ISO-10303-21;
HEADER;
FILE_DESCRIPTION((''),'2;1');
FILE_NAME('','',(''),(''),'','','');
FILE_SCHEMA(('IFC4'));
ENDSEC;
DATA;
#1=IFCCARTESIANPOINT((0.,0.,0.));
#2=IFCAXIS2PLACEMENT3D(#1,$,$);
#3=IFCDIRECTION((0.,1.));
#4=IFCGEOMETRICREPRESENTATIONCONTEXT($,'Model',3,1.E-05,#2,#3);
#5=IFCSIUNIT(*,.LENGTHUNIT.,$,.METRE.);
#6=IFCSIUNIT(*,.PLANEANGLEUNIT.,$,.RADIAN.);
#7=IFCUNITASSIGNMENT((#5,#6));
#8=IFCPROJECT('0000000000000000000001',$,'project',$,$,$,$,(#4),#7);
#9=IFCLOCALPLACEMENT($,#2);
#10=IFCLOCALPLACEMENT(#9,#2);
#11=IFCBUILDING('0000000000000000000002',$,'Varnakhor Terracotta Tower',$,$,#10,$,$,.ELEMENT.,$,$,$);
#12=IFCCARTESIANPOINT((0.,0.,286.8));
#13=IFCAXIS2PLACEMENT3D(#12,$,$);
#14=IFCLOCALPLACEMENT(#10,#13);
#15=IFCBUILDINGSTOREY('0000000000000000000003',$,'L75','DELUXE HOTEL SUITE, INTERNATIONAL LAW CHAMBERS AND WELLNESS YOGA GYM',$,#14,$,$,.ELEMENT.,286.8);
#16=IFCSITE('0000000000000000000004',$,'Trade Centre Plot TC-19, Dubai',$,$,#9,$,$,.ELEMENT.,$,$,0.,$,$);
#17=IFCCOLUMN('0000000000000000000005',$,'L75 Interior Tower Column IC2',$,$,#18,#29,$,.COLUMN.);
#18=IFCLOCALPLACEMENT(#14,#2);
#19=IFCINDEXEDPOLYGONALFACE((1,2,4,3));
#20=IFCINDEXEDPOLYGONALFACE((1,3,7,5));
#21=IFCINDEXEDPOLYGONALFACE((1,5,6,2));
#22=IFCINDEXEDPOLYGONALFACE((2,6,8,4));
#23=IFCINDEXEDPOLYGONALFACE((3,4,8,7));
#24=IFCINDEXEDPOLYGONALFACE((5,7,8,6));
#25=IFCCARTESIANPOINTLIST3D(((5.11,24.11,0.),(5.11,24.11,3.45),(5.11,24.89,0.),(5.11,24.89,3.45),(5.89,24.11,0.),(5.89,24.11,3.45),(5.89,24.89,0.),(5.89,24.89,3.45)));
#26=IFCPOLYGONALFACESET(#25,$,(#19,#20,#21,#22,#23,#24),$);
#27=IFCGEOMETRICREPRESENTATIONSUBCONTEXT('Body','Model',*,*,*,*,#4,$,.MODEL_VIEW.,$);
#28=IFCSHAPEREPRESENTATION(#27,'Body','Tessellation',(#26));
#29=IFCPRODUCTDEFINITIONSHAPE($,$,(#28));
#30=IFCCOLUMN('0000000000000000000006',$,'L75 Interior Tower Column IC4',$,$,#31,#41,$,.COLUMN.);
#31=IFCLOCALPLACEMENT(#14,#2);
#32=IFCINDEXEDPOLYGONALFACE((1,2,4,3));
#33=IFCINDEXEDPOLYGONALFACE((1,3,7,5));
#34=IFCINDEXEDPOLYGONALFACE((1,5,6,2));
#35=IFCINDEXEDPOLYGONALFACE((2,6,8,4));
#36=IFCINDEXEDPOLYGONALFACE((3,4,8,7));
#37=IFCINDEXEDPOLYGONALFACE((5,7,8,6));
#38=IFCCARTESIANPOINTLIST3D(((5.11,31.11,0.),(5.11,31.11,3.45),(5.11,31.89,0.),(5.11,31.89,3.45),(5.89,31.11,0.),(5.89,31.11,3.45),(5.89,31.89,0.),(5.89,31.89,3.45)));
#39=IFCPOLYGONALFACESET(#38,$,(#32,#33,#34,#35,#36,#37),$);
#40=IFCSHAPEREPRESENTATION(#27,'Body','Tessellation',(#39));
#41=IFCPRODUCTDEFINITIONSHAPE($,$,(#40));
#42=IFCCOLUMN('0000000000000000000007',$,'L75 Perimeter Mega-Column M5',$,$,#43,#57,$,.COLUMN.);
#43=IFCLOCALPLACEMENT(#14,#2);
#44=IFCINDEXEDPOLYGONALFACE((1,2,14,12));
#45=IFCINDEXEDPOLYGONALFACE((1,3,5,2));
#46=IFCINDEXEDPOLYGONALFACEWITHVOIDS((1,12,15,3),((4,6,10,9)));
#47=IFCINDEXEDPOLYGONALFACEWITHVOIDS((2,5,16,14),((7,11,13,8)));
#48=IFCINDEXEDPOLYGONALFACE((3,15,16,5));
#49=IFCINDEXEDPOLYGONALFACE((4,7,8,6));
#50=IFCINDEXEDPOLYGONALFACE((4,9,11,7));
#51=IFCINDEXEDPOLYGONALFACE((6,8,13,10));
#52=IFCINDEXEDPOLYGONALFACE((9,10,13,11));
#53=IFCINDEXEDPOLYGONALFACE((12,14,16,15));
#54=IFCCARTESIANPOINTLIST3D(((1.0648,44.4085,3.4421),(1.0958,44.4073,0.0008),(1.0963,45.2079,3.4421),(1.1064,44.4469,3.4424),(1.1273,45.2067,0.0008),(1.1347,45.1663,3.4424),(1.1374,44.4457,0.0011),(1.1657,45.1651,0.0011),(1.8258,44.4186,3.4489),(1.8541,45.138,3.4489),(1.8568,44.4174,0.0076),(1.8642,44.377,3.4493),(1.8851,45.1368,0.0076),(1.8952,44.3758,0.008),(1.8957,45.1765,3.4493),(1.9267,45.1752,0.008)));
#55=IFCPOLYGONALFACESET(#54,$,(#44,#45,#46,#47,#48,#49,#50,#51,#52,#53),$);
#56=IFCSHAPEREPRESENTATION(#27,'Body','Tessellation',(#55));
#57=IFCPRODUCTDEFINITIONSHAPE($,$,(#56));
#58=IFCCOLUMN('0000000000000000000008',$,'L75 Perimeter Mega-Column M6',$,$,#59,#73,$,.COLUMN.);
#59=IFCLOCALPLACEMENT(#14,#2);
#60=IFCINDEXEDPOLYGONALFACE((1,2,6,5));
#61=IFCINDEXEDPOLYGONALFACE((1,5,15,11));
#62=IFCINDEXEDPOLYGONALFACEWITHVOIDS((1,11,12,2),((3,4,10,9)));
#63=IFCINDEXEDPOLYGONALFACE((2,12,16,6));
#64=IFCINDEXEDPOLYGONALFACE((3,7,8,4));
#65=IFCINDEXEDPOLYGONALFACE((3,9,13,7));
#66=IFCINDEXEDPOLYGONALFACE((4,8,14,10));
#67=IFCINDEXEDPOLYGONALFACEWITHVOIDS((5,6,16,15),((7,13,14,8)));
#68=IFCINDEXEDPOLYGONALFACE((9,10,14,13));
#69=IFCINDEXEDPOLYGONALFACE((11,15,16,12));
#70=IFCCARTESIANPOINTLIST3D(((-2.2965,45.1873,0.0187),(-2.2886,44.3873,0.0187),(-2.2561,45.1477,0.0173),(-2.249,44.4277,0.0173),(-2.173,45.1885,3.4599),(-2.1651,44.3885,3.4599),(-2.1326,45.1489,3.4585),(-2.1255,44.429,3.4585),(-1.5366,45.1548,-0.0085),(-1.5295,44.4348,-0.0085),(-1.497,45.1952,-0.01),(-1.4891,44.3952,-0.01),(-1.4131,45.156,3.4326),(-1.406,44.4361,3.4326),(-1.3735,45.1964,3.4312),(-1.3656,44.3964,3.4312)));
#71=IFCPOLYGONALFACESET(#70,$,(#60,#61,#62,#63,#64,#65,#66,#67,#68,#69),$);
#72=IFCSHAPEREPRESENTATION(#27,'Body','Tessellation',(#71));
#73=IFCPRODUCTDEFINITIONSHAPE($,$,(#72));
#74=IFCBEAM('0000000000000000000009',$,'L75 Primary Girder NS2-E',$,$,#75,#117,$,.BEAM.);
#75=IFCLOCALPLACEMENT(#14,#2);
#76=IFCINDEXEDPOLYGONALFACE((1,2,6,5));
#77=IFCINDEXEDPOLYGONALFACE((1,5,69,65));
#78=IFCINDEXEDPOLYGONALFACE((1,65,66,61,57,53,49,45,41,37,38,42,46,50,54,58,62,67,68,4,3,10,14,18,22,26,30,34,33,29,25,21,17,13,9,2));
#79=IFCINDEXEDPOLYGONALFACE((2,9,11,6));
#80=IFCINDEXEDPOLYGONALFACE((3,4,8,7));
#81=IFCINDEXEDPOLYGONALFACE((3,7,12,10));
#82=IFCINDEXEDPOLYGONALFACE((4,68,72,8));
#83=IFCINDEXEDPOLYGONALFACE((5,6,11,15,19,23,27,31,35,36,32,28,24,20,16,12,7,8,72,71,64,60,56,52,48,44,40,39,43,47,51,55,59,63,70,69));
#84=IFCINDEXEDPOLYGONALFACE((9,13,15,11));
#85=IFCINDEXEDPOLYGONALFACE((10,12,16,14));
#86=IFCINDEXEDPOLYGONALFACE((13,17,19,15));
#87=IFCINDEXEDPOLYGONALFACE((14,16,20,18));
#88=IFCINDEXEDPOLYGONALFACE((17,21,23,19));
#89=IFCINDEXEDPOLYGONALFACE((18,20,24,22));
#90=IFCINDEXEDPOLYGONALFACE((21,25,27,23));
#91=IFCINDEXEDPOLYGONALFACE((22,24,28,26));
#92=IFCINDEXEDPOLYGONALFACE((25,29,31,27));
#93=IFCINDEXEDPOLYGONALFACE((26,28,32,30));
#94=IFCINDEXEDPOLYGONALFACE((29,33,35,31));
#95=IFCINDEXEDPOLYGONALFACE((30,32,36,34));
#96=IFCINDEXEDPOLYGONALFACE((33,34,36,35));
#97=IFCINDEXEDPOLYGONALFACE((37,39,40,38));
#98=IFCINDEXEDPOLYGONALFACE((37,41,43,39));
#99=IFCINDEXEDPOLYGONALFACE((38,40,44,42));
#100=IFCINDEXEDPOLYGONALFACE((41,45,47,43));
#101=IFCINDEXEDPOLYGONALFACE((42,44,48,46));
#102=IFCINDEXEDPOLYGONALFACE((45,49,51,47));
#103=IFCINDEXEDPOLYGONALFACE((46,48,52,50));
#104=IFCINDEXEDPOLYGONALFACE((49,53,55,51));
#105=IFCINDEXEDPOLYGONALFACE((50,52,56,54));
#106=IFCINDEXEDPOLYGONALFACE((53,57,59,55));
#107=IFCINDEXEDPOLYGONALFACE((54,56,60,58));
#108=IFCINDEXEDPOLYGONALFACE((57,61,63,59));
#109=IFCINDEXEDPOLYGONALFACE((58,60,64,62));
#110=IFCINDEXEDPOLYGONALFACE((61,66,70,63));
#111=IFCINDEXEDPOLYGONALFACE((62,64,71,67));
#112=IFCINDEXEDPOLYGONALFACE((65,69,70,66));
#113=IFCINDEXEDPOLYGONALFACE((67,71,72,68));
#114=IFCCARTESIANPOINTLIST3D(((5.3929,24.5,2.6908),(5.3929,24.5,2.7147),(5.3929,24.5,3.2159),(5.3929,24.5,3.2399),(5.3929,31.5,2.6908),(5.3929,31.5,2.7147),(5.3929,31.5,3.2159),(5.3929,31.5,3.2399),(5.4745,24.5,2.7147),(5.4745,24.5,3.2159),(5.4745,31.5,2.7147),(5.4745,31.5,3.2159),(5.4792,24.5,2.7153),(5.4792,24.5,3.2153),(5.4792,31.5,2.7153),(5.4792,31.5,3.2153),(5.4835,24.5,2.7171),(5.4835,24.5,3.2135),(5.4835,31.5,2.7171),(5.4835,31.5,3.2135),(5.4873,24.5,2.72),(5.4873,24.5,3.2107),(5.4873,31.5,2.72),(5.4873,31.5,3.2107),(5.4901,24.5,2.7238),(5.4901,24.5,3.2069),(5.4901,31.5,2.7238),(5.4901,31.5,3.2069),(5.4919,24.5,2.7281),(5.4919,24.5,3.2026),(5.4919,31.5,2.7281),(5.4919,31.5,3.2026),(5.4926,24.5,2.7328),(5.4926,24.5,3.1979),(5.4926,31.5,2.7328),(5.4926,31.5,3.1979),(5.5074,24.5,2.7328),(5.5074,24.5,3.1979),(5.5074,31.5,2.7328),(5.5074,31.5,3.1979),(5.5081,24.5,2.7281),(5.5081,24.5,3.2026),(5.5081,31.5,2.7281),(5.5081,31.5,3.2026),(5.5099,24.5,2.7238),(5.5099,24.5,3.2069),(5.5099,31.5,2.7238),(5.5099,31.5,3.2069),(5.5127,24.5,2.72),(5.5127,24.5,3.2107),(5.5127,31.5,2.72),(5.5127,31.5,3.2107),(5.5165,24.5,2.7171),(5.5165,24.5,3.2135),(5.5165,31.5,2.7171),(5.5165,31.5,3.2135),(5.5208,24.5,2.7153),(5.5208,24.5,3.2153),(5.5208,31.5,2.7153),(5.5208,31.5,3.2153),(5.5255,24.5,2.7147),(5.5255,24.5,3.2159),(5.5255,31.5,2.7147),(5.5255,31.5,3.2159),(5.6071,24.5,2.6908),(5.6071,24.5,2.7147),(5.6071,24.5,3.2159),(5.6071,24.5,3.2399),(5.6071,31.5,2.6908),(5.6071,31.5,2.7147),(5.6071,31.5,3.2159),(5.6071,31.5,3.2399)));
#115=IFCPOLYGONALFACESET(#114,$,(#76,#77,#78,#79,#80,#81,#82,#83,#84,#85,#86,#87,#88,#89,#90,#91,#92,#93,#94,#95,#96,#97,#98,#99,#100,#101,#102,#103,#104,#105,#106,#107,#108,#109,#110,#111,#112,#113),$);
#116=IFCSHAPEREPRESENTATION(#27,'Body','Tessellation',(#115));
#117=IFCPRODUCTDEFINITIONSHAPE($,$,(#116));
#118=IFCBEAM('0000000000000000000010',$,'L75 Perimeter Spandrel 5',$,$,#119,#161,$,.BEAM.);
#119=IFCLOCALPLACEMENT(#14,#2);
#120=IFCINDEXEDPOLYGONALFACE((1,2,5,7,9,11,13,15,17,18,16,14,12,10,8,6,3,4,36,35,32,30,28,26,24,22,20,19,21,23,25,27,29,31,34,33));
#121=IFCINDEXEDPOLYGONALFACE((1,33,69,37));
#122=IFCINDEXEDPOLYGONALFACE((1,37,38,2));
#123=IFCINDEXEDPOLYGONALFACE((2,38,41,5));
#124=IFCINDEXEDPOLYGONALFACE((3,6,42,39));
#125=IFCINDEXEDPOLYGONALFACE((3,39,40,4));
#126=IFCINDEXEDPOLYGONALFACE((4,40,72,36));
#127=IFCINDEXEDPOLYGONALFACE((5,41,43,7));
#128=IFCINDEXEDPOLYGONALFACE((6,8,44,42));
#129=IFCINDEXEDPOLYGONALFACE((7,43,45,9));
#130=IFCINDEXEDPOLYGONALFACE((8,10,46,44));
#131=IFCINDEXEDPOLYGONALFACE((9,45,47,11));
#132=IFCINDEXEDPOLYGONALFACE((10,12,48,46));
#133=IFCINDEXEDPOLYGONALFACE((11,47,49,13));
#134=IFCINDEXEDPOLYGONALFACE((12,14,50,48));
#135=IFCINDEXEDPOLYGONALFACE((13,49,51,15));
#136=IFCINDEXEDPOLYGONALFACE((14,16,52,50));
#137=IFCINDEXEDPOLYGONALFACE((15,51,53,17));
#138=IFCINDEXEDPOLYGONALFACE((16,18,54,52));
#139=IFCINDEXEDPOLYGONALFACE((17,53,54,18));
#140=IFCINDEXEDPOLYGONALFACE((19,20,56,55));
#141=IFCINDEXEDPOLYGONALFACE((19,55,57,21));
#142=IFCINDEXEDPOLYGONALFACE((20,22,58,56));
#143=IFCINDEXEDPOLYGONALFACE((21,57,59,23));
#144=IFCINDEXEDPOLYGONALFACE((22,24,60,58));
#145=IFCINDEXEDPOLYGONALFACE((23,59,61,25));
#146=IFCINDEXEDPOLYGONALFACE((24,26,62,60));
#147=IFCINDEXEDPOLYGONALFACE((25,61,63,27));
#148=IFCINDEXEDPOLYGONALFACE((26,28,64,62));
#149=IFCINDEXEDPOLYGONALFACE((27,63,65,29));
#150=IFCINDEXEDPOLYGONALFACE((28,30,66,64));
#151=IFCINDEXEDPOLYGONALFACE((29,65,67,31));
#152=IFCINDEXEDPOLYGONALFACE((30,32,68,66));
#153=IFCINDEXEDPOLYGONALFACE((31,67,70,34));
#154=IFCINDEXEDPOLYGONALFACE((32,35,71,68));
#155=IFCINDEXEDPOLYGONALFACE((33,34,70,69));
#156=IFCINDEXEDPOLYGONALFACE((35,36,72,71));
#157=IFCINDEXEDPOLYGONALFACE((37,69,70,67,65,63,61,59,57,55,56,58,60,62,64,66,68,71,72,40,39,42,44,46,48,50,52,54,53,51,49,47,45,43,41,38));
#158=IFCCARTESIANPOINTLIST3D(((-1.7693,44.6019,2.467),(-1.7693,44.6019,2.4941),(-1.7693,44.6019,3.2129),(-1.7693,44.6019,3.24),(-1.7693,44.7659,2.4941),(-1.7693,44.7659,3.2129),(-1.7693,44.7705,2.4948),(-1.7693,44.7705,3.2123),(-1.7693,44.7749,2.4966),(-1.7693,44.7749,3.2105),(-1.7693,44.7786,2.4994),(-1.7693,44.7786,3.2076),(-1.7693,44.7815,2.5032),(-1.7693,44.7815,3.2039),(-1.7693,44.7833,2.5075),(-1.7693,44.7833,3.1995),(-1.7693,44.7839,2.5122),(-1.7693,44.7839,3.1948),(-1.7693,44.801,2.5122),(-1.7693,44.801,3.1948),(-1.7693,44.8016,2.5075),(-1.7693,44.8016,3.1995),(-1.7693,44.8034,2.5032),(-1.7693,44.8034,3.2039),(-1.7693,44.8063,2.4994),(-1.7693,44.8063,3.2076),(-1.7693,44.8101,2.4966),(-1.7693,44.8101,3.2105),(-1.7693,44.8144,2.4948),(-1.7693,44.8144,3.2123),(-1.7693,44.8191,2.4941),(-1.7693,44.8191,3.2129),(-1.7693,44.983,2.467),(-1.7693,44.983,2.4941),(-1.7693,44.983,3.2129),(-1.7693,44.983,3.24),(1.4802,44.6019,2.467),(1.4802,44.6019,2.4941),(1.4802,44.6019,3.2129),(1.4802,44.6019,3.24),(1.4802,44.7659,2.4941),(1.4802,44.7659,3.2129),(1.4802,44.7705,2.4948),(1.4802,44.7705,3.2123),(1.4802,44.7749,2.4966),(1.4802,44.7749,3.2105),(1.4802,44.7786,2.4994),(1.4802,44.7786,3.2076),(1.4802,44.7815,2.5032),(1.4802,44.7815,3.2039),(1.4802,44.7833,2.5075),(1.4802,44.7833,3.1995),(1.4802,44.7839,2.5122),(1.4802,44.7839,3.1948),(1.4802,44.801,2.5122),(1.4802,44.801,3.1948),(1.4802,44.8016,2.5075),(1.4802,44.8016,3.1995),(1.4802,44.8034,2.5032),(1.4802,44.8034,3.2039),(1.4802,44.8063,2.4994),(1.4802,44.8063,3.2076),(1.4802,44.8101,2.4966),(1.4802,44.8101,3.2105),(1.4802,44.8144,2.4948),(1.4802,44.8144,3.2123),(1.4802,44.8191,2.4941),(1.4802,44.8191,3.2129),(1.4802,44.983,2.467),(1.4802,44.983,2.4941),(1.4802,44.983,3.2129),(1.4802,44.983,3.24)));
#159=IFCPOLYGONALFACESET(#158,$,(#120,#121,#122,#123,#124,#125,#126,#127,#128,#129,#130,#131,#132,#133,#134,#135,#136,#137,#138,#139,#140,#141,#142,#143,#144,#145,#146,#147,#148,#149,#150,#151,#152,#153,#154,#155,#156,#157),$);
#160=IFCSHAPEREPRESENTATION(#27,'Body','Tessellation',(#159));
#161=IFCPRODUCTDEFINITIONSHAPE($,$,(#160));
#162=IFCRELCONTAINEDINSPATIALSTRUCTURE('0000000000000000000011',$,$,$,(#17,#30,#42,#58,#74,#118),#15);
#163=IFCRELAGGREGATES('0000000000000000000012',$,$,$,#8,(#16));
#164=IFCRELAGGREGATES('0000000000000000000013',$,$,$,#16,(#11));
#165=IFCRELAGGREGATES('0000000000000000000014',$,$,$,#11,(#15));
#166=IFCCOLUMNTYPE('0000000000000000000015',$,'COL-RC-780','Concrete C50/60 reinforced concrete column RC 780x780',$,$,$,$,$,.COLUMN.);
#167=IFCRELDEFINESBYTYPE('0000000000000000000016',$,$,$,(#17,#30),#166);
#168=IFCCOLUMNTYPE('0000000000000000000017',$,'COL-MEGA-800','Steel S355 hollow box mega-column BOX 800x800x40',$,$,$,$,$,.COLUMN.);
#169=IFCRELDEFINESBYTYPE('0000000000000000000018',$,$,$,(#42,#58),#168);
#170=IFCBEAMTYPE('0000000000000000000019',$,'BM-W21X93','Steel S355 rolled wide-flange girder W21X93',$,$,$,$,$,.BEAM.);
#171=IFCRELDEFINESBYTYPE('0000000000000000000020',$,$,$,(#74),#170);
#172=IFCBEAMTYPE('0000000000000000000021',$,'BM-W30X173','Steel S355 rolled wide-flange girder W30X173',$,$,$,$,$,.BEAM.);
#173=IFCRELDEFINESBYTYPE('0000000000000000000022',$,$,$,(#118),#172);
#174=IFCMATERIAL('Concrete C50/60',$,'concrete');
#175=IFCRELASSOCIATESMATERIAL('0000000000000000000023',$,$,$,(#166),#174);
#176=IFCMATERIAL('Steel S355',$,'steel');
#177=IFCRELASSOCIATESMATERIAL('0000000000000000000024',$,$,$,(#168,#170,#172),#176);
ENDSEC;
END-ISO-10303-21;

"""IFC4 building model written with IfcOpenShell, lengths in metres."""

from ifc_helpers import new_model, si_unit, direction, frame, origin, origin_2d, place, context, subcontext, project, spatial, rectangle, hollow_rectangle, i_section, extrude, source, transform, mapped, material, material_profile, profile_set, type_object, type_shapes, element, save


model = new_model("IFC4")

# Units and contexts
model_context = context("Model", 3, precision=1e-05, world=origin(), true_north=direction((0.0, 1.0)))
body_context = subcontext(model_context, "Body", "Model", "MODEL_VIEW")
ifc_project = project(units=[si_unit("LENGTHUNIT", "METRE"), si_unit("PLANEANGLEUNIT", "RADIAN")], contexts=[model_context])

# Site, building, storey
site_placement = place(None, origin())
site = spatial("IfcSite", under=ifc_project, at=site_placement, Name="Trade Centre Plot TC-19, Dubai", CompositionType="ELEMENT", RefElevation=0.0)
building_placement = place(site_placement, origin())
building = spatial("IfcBuilding", under=site, at=building_placement, Name="Varnakhor Terracotta Tower", CompositionType="ELEMENT")
storey_placement = place(building_placement, frame((0.0, 0.0, 286.8)))
storey = spatial("IfcBuildingStorey", under=building, at=storey_placement, Name="L75", Description="DELUXE HOTEL SUITE, INTERNATIONAL LAW CHAMBERS AND WELLNESS YOGA GYM", CompositionType="ELEMENT", Elevation=286.8)

# Columns
ifc_material_1 = material(Name="Concrete C50/60", Category="concrete")
ifc_material_profile_1 = material_profile(ifc_material_1, rectangle(XDim=0.78, YDim=0.78, at=origin_2d()), Name="RC 780x780")
ifc_profile_set_1 = profile_set([ifc_material_profile_1], Name="Concrete C50/60")
column_type_1 = type_object("IfcColumnType", Name="COL-RC-780", Description="Concrete C50/60 reinforced concrete column RC 780x780", PredefinedType="COLUMN", material=ifc_profile_set_1)
shared_shape_1 = source(origin(), body_context, "Body", "SweptSolid", [
    extrude(rectangle(XDim=0.78, YDim=0.78, at=origin_2d()), origin(), (0.0, 0.0, 1.0), 3.45),
])
for number, where, z_axis, x_axis, name in (
    (1, (5.5, 24.5, 0.0), (0.0, 0.0, 1.0), (1.0, 0.0, 0.0), "L75 Interior Tower Column IC2"),
    (2, (5.5, 31.5, 0.0), (0.0, 0.0, 1.0), (1.0, 0.0, 0.0), "L75 Interior Tower Column IC4"),
):
    element("IfcColumn", number, at=place(storey_placement, frame(where, z_axis=z_axis, x_axis=x_axis)), inside=storey, type_object=column_type_1, Name=name, PredefinedType="COLUMN", context=body_context, shape_type="MappedRepresentation", body=[
        mapped(shared_shape_1, transform((0.0, 0.0, 0.0), scale=1.0)),
    ])
ifc_material_2 = material(Name="Steel S355", Category="steel")
ifc_material_profile_2 = material_profile(ifc_material_2, hollow_rectangle(XDim=0.8, YDim=0.8, WallThickness=0.04, at=origin_2d()), Name="BOX 800x800x40")
ifc_profile_set_2 = profile_set([ifc_material_profile_2], Name="Steel S355")
column_type_2 = type_object("IfcColumnType", Name="COL-MEGA-800", Description="Steel S355 hollow box mega-column BOX 800x800x40", PredefinedType="COLUMN", material=ifc_profile_set_2)
shared_shape_2 = source(origin(), body_context, "Body", "SweptSolid", [
    extrude(hollow_rectangle(XDim=0.8, YDim=0.8, WallThickness=0.04, at=origin_2d()), origin(), (0.0, 0.0, 1.0), 3.4414),
])
type_shapes(column_type_2, [shared_shape_2])
column_1_placement = place(storey_placement, frame((1.5112, 44.7913, 0.0044), z_axis=(-0.00901, 0.000355, 0.999959), x_axis=(-0.03934, -0.999226, 0.0)))
element("IfcColumn", 3, at=column_1_placement, inside=storey, type_object=column_type_2, Name="L75 Perimeter Mega-Column M5", PredefinedType="COLUMN", context=body_context, shape_type="MappedRepresentation", body=[
    mapped(shared_shape_2, transform((0.0, 0.0, 0.0), scale=1.0)),
])
shared_shape_3 = source(origin(), body_context, "Body", "SweptSolid", [
    extrude(hollow_rectangle(XDim=0.8, YDim=0.8, WallThickness=0.04, at=origin_2d()), origin(), (0.0, 0.0, 1.0), 3.4434),
])
column_2_placement = place(storey_placement, frame((-1.8928, 44.7913, 0.0044), z_axis=(0.035876, 0.000355, 0.999356), x_axis=(-0.009881, 0.999951, 0.0)))
element("IfcColumn", 4, at=column_2_placement, inside=storey, type_object=column_type_2, Name="L75 Perimeter Mega-Column M6", PredefinedType="COLUMN", context=body_context, shape_type="MappedRepresentation", body=[
    mapped(shared_shape_3, transform((0.0, 0.0, 0.0), scale=1.0)),
])

# Beams
ifc_material_profile_3 = material_profile(ifc_material_2, i_section(OverallWidth=0.2141, OverallDepth=0.5491, WebThickness=0.0149, FlangeThickness=0.0239, FilletRadius=0.0181, at=origin_2d()), Name="W21X93")
ifc_profile_set_3 = profile_set([ifc_material_profile_3], Name="Steel S355")
beam_type_1 = type_object("IfcBeamType", Name="BM-W21X93", Description="Steel S355 rolled wide-flange girder W21X93", PredefinedType="BEAM", material=ifc_profile_set_3)
shared_shape_4 = source(origin(), body_context, "Body", "SweptSolid", [
    extrude(i_section(OverallWidth=0.2141, OverallDepth=0.5491, WebThickness=0.0149, FlangeThickness=0.0239, FilletRadius=0.0181, at=origin_2d()), origin(), (0.0, 0.0, 1.0), 7.0),
])
beam_1_placement = place(storey_placement, frame((5.5, 24.5, 2.9653), z_axis=(0.0, 1.0, 0.0), x_axis=(-1.0, 0.0, 0.0)))
element("IfcBeam", 5, at=beam_1_placement, inside=storey, type_object=beam_type_1, Name="L75 Primary Girder NS2-E", PredefinedType="BEAM", context=body_context, shape_type="MappedRepresentation", body=[
    mapped(shared_shape_4, transform((0.0, 0.0, 0.0), scale=1.0)),
])
ifc_material_profile_4 = material_profile(ifc_material_2, i_section(OverallWidth=0.3811, OverallDepth=0.7729, WebThickness=0.0171, FlangeThickness=0.0271, FilletRadius=0.0181, at=origin_2d()), Name="W30X173")
ifc_profile_set_4 = profile_set([ifc_material_profile_4], Name="Steel S355")
beam_type_2 = type_object("IfcBeamType", Name="BM-W30X173", Description="Steel S355 rolled wide-flange girder W30X173", PredefinedType="BEAM", material=ifc_profile_set_4)
shared_shape_5 = source(origin(), body_context, "Body", "SweptSolid", [
    extrude(i_section(OverallWidth=0.3811, OverallDepth=0.7729, WebThickness=0.0171, FlangeThickness=0.0271, FilletRadius=0.0181, at=origin_2d()), origin(), (0.0, 0.0, 1.0), 3.2495),
])
beam_2_placement = place(storey_placement, frame((1.4802, 44.7925, 2.8535), z_axis=(-1.0, 0.0, 0.0), x_axis=(0.0, -1.0, 0.0)))
element("IfcBeam", 6, at=beam_2_placement, inside=storey, type_object=beam_type_2, Name="L75 Perimeter Spandrel 5", PredefinedType="BEAM", context=body_context, shape_type="MappedRepresentation", body=[
    mapped(shared_shape_5, transform((0.0, 0.0, 0.0), scale=1.0)),
])

save(model, "model.ifc")
